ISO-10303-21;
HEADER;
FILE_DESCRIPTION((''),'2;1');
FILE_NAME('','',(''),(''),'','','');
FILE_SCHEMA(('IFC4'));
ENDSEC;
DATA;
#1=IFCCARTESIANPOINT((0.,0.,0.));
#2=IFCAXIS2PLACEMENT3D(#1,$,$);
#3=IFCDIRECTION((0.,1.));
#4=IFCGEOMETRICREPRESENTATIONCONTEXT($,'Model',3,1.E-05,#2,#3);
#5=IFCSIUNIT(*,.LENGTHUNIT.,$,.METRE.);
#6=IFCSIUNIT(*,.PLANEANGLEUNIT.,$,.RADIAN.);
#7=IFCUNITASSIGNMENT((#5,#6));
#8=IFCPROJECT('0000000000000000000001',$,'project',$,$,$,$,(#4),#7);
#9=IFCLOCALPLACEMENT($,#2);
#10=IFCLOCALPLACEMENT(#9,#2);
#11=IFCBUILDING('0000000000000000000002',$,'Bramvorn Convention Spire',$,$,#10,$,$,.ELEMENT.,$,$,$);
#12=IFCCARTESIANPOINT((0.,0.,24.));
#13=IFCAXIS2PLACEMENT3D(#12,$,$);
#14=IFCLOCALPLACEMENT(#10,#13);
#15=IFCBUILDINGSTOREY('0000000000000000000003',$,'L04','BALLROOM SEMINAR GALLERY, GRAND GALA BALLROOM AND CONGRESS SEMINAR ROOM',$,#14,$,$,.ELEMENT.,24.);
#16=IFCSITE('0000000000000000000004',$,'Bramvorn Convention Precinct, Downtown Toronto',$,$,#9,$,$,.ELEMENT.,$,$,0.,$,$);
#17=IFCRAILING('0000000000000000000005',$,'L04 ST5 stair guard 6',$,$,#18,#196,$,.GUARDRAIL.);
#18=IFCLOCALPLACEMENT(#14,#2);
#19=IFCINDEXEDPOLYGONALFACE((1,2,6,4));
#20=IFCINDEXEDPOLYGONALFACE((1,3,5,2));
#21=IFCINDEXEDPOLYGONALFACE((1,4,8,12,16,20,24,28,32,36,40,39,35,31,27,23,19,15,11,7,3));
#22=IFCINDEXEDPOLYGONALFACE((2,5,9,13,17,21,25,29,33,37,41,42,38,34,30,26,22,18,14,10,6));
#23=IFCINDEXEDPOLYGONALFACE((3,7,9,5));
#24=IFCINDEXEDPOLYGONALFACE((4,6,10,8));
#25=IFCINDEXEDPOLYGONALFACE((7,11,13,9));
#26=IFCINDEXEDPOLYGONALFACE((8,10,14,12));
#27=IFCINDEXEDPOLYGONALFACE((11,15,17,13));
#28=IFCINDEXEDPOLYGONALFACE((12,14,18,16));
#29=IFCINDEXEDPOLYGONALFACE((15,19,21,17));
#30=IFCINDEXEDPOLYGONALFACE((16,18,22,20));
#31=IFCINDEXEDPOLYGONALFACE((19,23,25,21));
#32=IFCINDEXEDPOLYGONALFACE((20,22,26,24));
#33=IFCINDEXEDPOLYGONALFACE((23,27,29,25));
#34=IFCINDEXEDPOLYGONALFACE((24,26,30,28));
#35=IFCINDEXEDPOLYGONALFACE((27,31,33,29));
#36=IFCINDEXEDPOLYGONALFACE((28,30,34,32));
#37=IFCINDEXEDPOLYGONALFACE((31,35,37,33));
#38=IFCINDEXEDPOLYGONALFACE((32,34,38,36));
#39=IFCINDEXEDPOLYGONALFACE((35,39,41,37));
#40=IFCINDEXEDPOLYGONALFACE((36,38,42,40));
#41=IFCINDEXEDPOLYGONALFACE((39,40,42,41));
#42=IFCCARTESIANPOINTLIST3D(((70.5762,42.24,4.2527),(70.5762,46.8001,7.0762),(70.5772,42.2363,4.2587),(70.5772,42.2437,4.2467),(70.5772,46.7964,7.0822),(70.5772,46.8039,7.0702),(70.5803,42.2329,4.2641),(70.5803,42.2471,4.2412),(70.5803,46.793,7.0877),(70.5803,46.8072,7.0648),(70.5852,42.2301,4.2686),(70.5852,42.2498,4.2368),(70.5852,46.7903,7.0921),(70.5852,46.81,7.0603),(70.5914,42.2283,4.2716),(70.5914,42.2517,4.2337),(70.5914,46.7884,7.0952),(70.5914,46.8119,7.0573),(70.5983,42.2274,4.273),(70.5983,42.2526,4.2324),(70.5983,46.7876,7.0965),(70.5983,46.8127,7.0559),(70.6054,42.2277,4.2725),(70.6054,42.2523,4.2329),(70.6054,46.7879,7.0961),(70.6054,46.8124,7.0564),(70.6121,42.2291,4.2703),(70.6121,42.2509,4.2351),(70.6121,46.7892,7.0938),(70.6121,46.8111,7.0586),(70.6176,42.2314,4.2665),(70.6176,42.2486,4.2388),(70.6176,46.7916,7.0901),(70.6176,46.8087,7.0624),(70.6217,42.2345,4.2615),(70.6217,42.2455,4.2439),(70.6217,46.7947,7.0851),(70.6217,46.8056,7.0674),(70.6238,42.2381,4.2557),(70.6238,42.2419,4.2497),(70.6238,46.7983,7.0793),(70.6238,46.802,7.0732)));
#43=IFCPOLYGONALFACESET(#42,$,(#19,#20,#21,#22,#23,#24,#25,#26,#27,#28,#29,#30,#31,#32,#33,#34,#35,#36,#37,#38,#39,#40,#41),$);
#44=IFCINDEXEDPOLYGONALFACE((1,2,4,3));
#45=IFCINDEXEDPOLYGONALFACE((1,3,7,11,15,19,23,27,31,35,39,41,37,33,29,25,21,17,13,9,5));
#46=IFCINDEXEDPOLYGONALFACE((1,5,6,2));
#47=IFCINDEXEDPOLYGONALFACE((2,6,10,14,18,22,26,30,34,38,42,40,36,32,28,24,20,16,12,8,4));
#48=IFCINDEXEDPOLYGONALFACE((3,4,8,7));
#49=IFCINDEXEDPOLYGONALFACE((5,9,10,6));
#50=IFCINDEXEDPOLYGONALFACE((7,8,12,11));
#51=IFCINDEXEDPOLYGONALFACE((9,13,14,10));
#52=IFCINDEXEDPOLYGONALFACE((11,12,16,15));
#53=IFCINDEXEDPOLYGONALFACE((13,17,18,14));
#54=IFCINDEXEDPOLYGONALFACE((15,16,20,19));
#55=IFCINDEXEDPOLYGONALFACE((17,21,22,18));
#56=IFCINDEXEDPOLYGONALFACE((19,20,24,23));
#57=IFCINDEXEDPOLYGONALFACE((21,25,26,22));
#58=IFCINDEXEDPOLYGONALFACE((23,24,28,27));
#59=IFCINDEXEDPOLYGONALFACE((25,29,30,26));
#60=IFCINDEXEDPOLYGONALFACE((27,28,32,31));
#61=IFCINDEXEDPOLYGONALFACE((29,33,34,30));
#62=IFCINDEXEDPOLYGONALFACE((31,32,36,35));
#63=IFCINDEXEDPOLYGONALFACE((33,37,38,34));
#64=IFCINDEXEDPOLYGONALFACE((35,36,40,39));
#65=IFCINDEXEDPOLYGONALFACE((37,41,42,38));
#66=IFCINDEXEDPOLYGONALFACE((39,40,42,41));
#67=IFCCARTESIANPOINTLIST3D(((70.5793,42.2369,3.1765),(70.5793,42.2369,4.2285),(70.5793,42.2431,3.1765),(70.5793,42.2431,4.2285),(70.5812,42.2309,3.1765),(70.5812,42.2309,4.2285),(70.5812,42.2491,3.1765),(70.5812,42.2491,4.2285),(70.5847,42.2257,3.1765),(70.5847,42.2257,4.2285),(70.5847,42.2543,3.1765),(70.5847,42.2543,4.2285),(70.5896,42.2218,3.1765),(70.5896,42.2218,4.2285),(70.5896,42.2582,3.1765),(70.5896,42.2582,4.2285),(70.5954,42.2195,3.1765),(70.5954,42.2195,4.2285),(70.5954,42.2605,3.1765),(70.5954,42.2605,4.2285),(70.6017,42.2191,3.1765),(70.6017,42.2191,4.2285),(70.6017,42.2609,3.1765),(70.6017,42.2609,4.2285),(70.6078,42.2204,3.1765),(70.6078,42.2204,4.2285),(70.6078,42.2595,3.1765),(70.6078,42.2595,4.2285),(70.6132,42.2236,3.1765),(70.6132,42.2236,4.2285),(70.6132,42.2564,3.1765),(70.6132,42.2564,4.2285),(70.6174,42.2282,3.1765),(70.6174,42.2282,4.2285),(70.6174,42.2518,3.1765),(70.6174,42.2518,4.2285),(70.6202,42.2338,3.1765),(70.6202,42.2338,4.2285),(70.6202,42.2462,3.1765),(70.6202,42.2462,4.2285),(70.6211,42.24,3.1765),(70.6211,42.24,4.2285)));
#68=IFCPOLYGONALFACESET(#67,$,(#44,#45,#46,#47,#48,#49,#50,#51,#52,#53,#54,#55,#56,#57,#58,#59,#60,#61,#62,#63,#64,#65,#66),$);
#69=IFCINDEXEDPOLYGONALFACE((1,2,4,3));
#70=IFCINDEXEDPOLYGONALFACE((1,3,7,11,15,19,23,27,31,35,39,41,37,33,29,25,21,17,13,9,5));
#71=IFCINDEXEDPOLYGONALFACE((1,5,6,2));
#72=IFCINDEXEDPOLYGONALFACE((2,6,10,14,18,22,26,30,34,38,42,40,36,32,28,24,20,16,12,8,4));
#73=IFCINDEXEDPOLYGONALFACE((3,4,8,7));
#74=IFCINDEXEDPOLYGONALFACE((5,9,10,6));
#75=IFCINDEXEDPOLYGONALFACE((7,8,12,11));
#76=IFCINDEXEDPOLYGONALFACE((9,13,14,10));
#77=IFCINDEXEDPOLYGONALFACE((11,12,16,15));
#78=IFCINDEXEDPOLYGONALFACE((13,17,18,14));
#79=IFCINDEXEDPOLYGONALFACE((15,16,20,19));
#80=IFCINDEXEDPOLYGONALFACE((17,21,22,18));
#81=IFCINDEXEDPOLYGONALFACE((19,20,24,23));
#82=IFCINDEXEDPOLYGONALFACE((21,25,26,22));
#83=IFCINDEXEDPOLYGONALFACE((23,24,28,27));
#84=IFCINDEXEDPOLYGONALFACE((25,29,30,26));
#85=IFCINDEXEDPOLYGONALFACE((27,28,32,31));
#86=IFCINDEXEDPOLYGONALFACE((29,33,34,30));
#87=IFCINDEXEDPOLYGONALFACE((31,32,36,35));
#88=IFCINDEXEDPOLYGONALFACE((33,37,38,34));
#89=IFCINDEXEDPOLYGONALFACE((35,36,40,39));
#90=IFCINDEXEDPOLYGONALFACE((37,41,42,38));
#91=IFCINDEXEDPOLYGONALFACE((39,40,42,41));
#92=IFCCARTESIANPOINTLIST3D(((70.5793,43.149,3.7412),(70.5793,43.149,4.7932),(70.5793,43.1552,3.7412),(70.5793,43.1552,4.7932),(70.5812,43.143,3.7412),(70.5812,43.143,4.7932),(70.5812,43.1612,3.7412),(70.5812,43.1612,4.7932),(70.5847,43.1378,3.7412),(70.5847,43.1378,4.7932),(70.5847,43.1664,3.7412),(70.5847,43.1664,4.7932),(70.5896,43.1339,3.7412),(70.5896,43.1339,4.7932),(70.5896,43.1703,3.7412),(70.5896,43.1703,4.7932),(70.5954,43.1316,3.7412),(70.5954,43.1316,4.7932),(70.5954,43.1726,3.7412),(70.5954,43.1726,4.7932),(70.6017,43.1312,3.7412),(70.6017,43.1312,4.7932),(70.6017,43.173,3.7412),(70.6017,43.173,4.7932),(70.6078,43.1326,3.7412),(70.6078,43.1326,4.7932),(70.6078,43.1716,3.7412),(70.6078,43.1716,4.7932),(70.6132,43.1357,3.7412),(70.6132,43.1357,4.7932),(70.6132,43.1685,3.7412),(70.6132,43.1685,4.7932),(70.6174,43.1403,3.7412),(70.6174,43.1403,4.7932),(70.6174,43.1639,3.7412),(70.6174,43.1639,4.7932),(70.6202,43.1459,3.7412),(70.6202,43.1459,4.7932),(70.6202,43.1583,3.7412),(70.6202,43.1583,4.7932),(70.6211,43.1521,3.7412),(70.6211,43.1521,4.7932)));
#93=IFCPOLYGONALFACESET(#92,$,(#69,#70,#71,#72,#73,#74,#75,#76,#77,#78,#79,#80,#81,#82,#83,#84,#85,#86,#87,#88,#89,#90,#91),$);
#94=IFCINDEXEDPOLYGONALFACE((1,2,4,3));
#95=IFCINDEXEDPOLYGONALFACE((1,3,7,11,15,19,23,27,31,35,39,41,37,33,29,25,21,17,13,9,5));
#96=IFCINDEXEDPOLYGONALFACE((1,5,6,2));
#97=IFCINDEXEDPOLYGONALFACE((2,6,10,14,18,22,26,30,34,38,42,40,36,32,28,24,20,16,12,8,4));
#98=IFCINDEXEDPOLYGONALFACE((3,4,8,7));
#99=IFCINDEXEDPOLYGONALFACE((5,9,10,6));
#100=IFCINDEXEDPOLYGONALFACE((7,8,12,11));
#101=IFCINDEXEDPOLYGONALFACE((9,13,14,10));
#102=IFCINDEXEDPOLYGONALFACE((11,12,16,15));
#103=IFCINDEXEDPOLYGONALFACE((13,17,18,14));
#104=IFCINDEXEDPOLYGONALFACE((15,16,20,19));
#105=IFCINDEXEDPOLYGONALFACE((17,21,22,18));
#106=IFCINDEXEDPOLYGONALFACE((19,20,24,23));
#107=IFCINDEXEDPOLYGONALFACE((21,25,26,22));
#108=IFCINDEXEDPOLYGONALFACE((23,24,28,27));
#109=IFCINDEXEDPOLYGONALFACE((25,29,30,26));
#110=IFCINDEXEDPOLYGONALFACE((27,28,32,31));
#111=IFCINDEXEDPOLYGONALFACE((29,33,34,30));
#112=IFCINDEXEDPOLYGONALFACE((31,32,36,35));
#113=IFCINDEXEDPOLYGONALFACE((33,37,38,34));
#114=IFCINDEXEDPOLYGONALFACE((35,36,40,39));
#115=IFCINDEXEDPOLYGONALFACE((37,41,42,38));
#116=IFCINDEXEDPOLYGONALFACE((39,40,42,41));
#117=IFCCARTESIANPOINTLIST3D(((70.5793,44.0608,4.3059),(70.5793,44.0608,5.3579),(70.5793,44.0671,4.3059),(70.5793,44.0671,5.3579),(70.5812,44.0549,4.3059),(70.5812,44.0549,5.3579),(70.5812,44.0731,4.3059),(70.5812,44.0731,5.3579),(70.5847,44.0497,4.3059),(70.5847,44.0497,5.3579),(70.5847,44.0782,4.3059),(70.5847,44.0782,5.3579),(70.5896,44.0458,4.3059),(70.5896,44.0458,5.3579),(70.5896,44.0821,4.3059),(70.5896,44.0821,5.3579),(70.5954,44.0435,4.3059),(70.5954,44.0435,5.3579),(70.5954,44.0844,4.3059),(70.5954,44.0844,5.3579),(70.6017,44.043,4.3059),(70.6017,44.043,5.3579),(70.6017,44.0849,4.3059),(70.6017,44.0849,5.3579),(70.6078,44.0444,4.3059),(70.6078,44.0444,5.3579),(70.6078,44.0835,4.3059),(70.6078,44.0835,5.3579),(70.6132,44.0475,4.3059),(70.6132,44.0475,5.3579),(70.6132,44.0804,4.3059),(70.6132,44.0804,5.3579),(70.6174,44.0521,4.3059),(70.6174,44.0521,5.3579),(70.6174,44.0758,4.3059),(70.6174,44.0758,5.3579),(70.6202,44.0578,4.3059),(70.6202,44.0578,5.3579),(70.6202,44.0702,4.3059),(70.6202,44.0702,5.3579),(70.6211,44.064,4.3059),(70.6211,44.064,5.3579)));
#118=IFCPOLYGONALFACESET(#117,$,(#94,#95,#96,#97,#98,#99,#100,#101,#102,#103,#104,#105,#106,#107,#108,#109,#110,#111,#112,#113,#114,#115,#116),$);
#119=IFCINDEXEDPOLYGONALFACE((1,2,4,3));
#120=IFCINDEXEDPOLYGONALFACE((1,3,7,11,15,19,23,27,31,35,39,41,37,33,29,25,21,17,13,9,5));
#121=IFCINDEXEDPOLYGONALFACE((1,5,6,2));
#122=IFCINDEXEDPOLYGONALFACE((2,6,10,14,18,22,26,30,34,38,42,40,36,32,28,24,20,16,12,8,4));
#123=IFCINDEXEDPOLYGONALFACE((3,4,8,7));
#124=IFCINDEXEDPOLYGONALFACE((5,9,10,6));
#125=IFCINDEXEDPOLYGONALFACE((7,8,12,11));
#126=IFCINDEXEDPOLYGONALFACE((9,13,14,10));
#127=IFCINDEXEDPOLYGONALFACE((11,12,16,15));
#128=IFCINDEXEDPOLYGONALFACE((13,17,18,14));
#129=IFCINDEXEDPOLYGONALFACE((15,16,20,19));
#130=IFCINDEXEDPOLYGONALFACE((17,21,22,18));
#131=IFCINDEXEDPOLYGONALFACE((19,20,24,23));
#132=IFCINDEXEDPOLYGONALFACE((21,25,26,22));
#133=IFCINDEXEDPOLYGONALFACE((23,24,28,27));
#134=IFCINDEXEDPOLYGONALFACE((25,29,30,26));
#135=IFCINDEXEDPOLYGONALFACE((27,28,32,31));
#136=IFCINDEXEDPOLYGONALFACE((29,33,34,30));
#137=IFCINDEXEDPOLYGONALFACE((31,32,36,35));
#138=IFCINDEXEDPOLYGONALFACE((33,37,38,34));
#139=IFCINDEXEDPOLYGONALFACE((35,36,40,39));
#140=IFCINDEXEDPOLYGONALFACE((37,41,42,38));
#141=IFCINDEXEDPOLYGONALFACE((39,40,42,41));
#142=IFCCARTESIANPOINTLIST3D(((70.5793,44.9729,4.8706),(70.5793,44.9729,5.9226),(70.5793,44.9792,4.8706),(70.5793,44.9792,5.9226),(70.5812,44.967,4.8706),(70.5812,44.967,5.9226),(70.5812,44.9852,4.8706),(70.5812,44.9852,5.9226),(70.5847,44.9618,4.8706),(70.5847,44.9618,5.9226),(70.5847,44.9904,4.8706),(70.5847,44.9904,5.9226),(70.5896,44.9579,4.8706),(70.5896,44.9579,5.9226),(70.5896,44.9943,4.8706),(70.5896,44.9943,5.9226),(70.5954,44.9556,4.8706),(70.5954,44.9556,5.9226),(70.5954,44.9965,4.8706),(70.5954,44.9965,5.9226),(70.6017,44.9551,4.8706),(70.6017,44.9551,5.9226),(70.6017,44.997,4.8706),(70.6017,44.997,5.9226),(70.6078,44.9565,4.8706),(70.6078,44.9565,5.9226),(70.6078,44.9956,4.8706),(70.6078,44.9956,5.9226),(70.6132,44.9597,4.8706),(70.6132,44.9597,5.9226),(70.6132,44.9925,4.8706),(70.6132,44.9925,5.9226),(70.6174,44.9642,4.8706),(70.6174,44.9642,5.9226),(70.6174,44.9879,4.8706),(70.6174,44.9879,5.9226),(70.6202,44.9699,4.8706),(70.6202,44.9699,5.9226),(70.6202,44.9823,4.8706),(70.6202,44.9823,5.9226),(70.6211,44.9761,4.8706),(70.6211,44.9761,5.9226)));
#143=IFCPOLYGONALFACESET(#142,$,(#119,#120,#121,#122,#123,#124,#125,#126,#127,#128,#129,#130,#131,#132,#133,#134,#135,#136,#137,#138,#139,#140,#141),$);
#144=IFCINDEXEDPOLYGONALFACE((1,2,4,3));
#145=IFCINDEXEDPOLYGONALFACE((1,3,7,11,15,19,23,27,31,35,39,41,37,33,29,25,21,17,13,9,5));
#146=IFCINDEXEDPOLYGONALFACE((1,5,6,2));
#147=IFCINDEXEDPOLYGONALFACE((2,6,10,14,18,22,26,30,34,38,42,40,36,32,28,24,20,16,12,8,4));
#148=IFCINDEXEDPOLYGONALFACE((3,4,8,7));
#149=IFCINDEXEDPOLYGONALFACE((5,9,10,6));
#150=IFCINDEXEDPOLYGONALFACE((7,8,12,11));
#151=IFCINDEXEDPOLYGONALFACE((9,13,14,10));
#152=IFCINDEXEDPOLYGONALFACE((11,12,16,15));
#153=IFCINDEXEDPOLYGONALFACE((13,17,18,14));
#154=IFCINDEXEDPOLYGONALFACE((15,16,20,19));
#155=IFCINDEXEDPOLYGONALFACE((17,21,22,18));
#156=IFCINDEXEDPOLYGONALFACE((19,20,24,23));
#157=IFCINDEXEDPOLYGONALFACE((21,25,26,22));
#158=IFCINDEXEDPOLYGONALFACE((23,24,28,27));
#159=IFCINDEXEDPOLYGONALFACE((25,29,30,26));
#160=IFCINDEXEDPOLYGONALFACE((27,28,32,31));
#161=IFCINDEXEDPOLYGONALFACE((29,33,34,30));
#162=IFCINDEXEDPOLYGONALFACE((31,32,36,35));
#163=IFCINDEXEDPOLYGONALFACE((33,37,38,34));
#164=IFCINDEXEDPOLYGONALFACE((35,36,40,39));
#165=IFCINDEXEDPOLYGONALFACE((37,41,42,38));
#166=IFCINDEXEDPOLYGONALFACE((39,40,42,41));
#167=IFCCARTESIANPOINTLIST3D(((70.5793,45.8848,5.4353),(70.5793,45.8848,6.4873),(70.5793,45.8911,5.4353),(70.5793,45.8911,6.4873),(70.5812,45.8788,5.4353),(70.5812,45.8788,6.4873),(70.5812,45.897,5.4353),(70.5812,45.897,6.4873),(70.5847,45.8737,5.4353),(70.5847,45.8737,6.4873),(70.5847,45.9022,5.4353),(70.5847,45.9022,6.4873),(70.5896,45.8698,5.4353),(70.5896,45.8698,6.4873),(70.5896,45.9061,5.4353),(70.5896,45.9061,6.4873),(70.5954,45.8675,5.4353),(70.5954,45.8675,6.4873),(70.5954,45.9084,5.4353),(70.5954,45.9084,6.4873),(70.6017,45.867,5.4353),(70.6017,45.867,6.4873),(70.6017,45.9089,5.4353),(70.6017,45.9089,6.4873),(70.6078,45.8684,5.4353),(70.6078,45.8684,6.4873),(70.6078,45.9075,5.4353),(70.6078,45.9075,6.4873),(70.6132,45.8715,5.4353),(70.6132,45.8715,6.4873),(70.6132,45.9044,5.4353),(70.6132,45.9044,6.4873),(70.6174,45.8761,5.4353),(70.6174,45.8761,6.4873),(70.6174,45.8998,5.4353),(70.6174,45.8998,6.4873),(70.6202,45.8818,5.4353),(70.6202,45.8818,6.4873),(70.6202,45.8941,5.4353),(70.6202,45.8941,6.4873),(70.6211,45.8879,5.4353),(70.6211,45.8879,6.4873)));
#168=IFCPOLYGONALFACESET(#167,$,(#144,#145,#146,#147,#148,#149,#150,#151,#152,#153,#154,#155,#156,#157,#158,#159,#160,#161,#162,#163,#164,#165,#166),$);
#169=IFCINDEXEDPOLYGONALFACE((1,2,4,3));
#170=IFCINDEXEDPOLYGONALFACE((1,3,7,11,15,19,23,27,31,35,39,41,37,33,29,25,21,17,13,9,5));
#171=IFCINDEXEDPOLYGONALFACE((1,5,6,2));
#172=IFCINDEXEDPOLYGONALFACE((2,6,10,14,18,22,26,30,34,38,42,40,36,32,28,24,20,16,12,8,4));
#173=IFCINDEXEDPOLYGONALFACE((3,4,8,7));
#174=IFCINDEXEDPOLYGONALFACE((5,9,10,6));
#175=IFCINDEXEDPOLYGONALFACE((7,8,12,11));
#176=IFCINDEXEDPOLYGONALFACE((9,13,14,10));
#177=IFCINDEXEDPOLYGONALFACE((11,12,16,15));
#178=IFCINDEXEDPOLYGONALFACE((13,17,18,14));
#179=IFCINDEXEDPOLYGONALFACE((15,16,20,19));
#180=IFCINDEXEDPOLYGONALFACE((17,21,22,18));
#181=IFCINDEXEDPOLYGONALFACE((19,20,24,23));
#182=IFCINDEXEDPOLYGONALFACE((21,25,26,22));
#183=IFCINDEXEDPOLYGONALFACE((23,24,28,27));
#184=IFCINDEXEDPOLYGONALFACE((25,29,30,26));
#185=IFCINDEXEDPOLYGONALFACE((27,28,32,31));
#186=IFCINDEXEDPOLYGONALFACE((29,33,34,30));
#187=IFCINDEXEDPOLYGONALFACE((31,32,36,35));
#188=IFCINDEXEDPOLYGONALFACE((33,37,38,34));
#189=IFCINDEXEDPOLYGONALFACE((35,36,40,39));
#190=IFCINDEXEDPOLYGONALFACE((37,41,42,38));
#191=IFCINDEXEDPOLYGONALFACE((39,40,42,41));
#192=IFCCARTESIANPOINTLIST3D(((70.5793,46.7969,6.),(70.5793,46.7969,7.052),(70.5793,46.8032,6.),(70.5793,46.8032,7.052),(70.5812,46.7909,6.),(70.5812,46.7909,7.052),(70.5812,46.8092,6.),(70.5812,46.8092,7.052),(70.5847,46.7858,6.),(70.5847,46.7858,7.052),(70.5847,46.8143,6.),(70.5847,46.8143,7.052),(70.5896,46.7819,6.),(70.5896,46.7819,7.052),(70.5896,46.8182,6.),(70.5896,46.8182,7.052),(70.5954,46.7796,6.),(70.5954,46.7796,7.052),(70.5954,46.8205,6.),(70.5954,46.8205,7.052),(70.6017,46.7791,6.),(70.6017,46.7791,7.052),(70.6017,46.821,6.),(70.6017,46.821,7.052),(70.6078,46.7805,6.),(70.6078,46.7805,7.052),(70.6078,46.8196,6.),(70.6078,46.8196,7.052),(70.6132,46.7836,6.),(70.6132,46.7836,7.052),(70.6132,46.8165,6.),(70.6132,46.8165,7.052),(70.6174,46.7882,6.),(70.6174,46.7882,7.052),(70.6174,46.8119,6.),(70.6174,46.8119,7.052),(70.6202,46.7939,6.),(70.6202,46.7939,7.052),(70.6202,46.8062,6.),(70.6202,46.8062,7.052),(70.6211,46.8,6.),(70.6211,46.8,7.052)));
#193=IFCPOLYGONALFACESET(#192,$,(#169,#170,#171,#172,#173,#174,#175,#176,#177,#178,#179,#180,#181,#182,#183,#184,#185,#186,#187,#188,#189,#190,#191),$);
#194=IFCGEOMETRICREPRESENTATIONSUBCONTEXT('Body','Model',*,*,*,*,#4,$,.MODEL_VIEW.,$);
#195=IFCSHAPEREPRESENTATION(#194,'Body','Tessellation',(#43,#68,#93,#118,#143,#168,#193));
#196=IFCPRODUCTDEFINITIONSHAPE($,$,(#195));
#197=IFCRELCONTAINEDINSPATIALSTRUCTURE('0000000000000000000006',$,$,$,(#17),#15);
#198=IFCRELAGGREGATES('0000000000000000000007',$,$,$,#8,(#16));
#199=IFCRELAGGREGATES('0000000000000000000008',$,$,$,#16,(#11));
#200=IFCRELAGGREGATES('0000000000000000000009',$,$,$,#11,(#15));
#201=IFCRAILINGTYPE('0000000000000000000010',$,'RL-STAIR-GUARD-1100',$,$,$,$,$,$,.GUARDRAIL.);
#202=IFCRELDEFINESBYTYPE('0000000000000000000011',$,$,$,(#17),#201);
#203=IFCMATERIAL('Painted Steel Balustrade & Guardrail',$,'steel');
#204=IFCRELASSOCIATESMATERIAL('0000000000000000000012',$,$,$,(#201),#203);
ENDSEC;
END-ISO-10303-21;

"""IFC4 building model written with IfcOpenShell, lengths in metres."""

from ifc_helpers import new_model, si_unit, direction, frame, origin, origin_2d, place, context, subcontext, project, spatial, circle, extrude, material, type_object, element, save


model = new_model("IFC4")

# Units and contexts
model_context = context("Model", 3, precision=1e-05, world=origin(), true_north=direction((0.0, 1.0)))
body_context = subcontext(model_context, "Body", "Model", "MODEL_VIEW")
ifc_project = project(units=[si_unit("LENGTHUNIT", "METRE"), si_unit("PLANEANGLEUNIT", "RADIAN")], contexts=[model_context])

# Site, building, storey
site_placement = place(None, origin())
site = spatial("IfcSite", under=ifc_project, at=site_placement, Name="Bramvorn Convention Precinct, Downtown Toronto", CompositionType="ELEMENT", RefElevation=0.0)
building_placement = place(site_placement, origin())
building = spatial("IfcBuilding", under=site, at=building_placement, Name="Bramvorn Convention Spire", CompositionType="ELEMENT")
storey_placement = place(building_placement, frame((0.0, 0.0, 24.0)))
storey = spatial("IfcBuildingStorey", under=building, at=storey_placement, Name="L04", Description="BALLROOM SEMINAR GALLERY, GRAND GALA BALLROOM AND CONGRESS SEMINAR ROOM", CompositionType="ELEMENT", Elevation=24.0)

# Railing
ifc_material_1 = material(Name="Painted Steel Balustrade & Guardrail", Category="steel")
railing_type_1 = type_object("IfcRailingType", Name="RL-STAIR-GUARD-1100", PredefinedType="GUARDRAIL", material=ifc_material_1)
railing_1_placement = place(storey_placement, frame((70.6001, 42.24, 3.1765)))
element("IfcRailing", 1, at=railing_1_placement, inside=storey, type_object=railing_type_1, Name="L04 ST5 stair guard 6", PredefinedType="GUARDRAIL", context=body_context, shape_type="SweptSolid", body=[
    extrude(circle(Radius=0.0239, at=origin_2d()), frame((0.0, 0.0, 1.0762), z_axis=(0.0, 0.850216, 0.526435), x_axis=(-1.0, 0.0, 0.0)), (0.0, 0.0, 1.0), 5.3635),
    extrude(circle(Radius=0.021, at=origin_2d()), origin(), (0.0, 0.0, 1.0), 1.052),
    extrude(circle(Radius=0.021, at=origin_2d()), frame((0.0, 0.9121, 0.5647)), (0.0, 0.0, 1.0), 1.052),
    extrude(circle(Radius=0.021, at=origin_2d()), frame((0.0, 1.824, 1.1294)), (0.0, 0.0, 1.0), 1.052),
    extrude(circle(Radius=0.021, at=origin_2d()), frame((0.0, 2.7361, 1.6941)), (0.0, 0.0, 1.0), 1.052),
    extrude(circle(Radius=0.021, at=origin_2d()), frame((0.0, 3.6479, 2.2588)), (0.0, 0.0, 1.0), 1.052),
    extrude(circle(Radius=0.021, at=origin_2d()), frame((0.0, 4.5601, 2.8235)), (0.0, 0.0, 1.0), 1.052),
])

save(model, "model.ifc")
